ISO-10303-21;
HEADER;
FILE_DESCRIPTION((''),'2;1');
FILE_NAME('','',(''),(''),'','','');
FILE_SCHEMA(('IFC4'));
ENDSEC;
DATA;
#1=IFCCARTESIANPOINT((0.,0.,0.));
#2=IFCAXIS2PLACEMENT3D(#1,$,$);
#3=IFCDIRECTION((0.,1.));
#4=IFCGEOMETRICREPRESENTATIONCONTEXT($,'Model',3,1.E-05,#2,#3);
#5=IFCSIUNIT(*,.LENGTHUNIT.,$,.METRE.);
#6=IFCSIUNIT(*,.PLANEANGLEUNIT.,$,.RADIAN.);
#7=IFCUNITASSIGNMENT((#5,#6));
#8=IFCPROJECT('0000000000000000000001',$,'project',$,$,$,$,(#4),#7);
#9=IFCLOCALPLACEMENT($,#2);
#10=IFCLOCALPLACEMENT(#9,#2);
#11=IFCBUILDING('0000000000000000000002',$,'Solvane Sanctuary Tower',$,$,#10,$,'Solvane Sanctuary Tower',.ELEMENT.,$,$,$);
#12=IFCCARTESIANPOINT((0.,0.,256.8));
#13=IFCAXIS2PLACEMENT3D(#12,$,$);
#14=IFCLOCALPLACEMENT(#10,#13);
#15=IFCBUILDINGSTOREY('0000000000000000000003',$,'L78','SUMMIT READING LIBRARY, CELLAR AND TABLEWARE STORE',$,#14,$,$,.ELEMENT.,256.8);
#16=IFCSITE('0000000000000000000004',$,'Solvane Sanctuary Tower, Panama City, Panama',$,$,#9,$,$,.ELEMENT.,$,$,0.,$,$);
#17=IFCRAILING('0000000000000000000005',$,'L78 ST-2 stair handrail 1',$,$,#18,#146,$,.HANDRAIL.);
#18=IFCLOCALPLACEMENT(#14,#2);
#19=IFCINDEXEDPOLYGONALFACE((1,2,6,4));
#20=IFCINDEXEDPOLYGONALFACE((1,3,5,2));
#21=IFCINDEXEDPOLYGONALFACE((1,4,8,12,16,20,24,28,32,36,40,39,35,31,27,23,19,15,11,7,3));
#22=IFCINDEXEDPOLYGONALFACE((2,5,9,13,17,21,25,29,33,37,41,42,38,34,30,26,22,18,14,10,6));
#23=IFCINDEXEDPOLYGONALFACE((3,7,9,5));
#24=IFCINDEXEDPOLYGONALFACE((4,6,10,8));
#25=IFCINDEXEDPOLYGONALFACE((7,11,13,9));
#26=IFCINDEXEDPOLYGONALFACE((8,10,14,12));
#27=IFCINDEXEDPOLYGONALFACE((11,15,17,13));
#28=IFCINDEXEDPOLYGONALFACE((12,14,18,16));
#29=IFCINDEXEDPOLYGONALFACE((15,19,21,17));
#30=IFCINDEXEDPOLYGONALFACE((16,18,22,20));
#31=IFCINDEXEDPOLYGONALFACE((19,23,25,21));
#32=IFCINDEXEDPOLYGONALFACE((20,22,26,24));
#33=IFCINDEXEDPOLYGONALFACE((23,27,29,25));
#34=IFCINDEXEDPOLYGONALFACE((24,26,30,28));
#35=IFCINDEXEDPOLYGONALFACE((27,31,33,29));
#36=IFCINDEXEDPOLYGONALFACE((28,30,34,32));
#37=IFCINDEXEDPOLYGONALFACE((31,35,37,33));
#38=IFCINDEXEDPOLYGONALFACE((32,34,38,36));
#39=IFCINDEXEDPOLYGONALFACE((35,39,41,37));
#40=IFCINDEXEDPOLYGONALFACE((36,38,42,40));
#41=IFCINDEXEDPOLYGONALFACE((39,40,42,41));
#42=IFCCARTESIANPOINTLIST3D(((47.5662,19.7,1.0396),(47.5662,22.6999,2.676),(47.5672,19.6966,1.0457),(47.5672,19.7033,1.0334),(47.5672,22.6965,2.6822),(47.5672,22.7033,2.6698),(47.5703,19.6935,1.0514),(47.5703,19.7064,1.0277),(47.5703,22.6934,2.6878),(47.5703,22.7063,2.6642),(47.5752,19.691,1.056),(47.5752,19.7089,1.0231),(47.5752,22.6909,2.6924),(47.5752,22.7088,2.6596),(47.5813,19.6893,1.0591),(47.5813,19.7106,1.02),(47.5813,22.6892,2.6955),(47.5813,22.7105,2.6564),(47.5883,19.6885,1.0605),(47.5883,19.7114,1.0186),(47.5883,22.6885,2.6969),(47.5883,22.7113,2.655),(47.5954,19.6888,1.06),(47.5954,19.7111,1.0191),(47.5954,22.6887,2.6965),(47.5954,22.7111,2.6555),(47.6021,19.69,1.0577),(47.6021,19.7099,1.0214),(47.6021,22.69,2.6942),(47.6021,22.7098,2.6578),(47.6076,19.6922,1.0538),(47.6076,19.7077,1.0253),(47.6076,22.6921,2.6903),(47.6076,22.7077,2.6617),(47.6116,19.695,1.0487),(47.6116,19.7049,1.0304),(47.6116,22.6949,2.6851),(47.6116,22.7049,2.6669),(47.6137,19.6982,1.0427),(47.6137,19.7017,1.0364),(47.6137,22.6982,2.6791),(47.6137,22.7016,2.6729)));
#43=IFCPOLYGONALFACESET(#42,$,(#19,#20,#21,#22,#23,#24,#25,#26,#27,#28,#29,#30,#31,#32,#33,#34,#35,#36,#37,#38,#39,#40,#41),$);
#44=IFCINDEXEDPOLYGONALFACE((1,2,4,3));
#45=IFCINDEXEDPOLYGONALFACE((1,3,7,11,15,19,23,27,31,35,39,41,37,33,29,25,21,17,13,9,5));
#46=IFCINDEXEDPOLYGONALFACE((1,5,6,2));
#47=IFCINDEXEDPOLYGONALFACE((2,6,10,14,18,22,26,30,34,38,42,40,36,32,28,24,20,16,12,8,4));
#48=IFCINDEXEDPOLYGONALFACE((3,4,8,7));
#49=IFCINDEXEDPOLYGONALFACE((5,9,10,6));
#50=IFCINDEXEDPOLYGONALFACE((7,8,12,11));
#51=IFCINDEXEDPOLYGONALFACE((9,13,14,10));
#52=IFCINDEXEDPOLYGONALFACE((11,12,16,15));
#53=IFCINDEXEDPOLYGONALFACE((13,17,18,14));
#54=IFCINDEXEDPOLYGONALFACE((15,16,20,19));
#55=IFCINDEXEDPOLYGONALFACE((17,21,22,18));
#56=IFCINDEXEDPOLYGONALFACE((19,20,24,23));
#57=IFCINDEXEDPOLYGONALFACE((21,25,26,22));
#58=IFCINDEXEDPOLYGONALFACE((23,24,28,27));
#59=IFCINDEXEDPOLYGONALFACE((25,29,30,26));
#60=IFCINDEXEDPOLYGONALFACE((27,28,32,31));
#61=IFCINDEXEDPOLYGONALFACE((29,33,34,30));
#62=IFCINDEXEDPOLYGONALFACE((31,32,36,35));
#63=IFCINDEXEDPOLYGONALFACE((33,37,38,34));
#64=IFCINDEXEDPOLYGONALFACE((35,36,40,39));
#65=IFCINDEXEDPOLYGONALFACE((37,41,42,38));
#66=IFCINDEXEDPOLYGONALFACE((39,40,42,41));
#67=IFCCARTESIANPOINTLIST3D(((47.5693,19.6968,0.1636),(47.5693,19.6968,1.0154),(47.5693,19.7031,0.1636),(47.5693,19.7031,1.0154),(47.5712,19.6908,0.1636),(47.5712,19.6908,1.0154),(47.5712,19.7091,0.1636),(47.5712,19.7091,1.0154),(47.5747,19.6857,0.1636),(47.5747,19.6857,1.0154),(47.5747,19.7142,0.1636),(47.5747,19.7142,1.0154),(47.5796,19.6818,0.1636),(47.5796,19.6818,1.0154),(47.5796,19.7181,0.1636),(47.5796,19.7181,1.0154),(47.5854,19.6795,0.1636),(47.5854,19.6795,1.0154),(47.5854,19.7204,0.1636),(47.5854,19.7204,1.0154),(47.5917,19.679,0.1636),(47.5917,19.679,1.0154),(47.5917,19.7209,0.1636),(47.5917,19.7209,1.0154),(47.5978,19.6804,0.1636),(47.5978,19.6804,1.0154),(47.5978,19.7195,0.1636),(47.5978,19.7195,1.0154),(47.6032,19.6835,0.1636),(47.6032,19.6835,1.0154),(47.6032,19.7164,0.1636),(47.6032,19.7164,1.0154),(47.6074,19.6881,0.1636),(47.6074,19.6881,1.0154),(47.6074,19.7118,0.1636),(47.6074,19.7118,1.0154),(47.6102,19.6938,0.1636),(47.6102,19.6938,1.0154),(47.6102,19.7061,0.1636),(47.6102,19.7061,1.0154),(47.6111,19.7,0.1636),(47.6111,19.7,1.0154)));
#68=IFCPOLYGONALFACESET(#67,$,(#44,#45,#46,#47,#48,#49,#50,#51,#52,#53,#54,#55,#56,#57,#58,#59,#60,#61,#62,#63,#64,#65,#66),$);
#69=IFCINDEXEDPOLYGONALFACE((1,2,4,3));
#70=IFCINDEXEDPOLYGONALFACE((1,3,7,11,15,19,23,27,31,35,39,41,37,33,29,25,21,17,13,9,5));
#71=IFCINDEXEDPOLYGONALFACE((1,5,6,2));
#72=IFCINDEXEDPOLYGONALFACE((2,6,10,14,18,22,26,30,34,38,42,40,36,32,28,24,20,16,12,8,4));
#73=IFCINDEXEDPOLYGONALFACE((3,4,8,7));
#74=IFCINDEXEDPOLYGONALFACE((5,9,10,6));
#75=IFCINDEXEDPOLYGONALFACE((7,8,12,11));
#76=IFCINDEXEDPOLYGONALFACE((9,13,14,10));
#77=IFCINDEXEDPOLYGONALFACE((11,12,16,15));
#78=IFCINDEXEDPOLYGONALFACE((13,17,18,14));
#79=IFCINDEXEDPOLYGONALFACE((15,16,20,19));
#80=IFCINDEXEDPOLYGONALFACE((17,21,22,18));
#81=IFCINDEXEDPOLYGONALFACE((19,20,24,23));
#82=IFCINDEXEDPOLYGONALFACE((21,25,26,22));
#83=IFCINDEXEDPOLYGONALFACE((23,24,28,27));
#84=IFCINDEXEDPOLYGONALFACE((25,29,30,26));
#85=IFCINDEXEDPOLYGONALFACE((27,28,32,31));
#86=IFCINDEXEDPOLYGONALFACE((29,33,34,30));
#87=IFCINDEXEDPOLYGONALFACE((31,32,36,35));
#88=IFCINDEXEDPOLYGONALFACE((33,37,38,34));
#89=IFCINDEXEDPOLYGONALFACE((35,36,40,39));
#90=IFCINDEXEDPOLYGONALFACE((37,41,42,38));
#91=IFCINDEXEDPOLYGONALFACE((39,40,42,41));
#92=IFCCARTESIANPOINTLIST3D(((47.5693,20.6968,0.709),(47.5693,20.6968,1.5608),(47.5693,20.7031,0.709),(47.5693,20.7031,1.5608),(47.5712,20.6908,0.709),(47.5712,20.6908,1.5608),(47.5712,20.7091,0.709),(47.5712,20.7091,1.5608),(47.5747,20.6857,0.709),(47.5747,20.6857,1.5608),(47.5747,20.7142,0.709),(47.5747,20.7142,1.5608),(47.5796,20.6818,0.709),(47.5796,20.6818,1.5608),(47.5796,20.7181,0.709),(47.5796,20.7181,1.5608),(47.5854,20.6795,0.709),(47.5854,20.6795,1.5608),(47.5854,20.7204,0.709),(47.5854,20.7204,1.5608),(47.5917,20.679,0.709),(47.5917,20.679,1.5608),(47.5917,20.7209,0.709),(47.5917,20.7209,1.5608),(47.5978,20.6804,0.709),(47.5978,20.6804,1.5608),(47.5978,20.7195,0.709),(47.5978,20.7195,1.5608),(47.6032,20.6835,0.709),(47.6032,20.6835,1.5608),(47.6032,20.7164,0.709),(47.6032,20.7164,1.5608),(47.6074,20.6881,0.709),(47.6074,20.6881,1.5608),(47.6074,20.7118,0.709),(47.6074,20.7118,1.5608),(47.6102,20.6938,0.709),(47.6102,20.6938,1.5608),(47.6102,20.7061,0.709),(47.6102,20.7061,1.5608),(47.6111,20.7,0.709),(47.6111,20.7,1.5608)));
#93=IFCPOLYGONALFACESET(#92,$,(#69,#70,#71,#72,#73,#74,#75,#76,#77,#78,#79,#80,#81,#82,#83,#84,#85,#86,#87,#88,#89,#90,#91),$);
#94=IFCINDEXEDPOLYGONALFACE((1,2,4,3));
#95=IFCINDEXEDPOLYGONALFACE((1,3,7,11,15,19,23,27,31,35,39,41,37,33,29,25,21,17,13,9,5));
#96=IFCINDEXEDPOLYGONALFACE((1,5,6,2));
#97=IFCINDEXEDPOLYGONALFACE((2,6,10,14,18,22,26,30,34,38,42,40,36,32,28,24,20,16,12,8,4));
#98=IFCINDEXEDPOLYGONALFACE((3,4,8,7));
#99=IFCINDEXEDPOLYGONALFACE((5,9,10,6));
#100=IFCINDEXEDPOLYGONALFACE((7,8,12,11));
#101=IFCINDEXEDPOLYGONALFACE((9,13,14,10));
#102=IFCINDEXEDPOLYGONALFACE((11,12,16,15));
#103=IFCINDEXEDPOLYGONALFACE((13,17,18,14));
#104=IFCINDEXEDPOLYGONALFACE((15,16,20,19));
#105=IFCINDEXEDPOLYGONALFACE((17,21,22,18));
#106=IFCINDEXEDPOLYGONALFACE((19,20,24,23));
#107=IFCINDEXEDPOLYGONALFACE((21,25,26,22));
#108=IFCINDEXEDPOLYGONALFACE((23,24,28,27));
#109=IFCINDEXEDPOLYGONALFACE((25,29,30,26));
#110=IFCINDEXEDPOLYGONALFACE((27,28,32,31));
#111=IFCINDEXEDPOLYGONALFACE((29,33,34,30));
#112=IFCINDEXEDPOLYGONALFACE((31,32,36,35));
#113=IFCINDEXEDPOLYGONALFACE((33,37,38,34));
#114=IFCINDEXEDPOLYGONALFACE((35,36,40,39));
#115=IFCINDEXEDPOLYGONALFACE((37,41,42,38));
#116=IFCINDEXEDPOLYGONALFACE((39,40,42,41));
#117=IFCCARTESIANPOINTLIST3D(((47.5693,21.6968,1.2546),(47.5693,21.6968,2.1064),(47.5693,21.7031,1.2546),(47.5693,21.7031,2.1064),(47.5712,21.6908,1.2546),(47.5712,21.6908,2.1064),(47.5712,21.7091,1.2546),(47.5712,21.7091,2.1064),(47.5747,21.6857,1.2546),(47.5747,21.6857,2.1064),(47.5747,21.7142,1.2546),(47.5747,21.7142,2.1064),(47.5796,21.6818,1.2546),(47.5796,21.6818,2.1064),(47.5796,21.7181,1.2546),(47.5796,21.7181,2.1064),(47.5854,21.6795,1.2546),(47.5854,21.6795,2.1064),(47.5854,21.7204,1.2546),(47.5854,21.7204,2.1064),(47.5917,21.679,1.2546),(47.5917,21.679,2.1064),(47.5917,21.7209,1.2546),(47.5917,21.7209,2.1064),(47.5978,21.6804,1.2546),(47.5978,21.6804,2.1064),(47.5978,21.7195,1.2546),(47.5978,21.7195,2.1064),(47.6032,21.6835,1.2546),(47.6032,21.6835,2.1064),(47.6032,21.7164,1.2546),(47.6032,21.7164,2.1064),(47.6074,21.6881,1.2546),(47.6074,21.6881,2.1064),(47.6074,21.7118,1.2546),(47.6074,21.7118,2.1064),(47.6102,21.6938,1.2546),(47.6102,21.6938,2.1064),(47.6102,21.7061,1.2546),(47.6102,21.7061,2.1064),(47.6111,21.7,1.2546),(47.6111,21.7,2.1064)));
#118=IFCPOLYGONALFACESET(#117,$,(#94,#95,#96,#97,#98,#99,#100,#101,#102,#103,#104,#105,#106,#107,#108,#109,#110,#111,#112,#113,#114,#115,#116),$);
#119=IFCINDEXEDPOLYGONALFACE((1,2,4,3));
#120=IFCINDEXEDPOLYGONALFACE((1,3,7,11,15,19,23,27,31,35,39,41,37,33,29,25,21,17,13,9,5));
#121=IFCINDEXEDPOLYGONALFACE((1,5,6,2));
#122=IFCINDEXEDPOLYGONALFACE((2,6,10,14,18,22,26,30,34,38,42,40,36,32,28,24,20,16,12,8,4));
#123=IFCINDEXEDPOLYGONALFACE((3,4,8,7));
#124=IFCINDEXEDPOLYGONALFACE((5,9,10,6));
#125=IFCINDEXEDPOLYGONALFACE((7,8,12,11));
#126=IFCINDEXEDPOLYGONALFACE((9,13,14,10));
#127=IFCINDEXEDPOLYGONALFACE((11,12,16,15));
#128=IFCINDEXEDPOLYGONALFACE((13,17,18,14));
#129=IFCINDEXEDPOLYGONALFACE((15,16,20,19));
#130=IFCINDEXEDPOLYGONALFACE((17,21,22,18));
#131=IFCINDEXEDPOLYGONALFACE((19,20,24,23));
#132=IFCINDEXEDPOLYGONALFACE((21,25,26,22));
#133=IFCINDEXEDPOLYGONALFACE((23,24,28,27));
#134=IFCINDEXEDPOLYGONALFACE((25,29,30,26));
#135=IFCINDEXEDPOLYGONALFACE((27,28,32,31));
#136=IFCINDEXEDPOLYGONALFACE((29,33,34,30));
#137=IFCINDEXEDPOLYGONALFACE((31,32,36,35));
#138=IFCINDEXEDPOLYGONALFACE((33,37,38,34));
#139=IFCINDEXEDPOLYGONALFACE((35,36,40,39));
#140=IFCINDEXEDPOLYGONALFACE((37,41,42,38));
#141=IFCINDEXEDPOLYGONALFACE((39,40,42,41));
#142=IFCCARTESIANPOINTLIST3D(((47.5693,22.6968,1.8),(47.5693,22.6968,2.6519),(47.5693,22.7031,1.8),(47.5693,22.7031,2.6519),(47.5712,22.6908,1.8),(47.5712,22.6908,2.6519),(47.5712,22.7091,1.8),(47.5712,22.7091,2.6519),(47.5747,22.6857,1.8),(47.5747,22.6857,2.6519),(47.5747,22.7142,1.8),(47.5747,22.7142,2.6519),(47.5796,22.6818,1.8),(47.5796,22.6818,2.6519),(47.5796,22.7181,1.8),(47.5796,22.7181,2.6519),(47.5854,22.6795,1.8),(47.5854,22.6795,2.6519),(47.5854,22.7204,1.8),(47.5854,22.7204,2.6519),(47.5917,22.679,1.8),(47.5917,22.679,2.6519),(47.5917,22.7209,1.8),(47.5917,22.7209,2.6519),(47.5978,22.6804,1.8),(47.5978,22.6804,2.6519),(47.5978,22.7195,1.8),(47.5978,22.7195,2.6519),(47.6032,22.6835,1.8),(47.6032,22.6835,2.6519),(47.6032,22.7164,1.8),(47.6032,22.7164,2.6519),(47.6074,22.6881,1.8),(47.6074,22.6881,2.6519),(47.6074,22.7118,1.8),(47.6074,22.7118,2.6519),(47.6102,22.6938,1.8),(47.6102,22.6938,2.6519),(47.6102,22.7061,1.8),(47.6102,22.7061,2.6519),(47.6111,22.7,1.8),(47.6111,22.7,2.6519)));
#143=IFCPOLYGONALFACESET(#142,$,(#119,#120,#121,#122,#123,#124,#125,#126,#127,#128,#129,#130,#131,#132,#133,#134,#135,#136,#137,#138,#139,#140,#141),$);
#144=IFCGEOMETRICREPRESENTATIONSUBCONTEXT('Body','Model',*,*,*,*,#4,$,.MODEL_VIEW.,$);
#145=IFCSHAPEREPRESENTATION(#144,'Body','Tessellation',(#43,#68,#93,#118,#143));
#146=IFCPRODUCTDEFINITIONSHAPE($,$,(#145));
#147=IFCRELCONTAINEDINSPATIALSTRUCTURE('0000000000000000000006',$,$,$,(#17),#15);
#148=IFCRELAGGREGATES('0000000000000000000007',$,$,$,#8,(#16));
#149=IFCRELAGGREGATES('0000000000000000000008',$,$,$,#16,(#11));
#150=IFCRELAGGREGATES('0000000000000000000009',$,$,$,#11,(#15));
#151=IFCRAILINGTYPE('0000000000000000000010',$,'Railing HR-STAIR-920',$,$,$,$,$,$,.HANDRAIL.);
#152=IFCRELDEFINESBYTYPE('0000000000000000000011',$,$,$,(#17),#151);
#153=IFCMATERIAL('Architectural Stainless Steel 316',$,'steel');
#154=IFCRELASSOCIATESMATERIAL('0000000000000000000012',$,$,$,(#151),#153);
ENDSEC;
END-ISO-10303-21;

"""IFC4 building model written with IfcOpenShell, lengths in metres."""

from ifc_helpers import new_model, si_unit, direction, frame, origin, origin_2d, place, context, subcontext, project, spatial, circle, extrude, material, type_object, element, save


model = new_model("IFC4")

# Units and contexts
model_context = context("Model", 3, precision=1e-05, world=origin(), true_north=direction((0.0, 1.0)))
body_context = subcontext(model_context, "Body", "Model", "MODEL_VIEW")
ifc_project = project(units=[si_unit("LENGTHUNIT", "METRE"), si_unit("PLANEANGLEUNIT", "RADIAN")], contexts=[model_context])

# Site, building, storey
site_placement = place(None, origin())
site = spatial("IfcSite", under=ifc_project, at=site_placement, Name="Solvane Sanctuary Tower, Panama City, Panama", CompositionType="ELEMENT", RefElevation=0.0)
building_placement = place(site_placement, origin())
building = spatial("IfcBuilding", under=site, at=building_placement, Name="Solvane Sanctuary Tower", LongName="Solvane Sanctuary Tower", CompositionType="ELEMENT")
storey_placement = place(building_placement, frame((0.0, 0.0, 256.8)))
storey = spatial("IfcBuildingStorey", under=building, at=storey_placement, Name="L78", Description="SUMMIT READING LIBRARY, CELLAR AND TABLEWARE STORE", CompositionType="ELEMENT", Elevation=256.8)

# Shared definitions
ifc_material_1 = material(Name="Architectural Stainless Steel 316", Category="steel")

# Railing
railing_type_1 = type_object("IfcRailingType", Name="Railing HR-STAIR-920", PredefinedType="HANDRAIL", material=ifc_material_1)
railing_1_placement = place(storey_placement, frame((47.5901, 19.7, 0.1636)))
element("IfcRailing", 1, at=railing_1_placement, inside=storey, type_object=railing_type_1, Name="L78 ST-2 stair handrail 1", PredefinedType="HANDRAIL", context=body_context, shape_type="SweptSolid", body=[
    extrude(circle(Radius=0.0239, at=origin_2d()), frame((0.0, 0.0, 0.876), z_axis=(0.0, 0.877882, 0.478877), x_axis=(-1.0, 0.0, 0.0)), (0.0, 0.0, 1.0), 3.4172),
    extrude(circle(Radius=0.021, at=origin_2d()), origin(), (0.0, 0.0, 1.0), 0.8518),
    extrude(circle(Radius=0.021, at=origin_2d()), frame((0.0, 1.0, 0.5454)), (0.0, 0.0, 1.0), 0.8518),
    extrude(circle(Radius=0.021, at=origin_2d()), frame((0.0, 2.0, 1.0911)), (0.0, 0.0, 1.0), 0.8518),
    extrude(circle(Radius=0.021, at=origin_2d()), frame((0.0, 3.0, 1.6365)), (0.0, 0.0, 1.0), 0.8518),
])

save(model, "model.ifc")
